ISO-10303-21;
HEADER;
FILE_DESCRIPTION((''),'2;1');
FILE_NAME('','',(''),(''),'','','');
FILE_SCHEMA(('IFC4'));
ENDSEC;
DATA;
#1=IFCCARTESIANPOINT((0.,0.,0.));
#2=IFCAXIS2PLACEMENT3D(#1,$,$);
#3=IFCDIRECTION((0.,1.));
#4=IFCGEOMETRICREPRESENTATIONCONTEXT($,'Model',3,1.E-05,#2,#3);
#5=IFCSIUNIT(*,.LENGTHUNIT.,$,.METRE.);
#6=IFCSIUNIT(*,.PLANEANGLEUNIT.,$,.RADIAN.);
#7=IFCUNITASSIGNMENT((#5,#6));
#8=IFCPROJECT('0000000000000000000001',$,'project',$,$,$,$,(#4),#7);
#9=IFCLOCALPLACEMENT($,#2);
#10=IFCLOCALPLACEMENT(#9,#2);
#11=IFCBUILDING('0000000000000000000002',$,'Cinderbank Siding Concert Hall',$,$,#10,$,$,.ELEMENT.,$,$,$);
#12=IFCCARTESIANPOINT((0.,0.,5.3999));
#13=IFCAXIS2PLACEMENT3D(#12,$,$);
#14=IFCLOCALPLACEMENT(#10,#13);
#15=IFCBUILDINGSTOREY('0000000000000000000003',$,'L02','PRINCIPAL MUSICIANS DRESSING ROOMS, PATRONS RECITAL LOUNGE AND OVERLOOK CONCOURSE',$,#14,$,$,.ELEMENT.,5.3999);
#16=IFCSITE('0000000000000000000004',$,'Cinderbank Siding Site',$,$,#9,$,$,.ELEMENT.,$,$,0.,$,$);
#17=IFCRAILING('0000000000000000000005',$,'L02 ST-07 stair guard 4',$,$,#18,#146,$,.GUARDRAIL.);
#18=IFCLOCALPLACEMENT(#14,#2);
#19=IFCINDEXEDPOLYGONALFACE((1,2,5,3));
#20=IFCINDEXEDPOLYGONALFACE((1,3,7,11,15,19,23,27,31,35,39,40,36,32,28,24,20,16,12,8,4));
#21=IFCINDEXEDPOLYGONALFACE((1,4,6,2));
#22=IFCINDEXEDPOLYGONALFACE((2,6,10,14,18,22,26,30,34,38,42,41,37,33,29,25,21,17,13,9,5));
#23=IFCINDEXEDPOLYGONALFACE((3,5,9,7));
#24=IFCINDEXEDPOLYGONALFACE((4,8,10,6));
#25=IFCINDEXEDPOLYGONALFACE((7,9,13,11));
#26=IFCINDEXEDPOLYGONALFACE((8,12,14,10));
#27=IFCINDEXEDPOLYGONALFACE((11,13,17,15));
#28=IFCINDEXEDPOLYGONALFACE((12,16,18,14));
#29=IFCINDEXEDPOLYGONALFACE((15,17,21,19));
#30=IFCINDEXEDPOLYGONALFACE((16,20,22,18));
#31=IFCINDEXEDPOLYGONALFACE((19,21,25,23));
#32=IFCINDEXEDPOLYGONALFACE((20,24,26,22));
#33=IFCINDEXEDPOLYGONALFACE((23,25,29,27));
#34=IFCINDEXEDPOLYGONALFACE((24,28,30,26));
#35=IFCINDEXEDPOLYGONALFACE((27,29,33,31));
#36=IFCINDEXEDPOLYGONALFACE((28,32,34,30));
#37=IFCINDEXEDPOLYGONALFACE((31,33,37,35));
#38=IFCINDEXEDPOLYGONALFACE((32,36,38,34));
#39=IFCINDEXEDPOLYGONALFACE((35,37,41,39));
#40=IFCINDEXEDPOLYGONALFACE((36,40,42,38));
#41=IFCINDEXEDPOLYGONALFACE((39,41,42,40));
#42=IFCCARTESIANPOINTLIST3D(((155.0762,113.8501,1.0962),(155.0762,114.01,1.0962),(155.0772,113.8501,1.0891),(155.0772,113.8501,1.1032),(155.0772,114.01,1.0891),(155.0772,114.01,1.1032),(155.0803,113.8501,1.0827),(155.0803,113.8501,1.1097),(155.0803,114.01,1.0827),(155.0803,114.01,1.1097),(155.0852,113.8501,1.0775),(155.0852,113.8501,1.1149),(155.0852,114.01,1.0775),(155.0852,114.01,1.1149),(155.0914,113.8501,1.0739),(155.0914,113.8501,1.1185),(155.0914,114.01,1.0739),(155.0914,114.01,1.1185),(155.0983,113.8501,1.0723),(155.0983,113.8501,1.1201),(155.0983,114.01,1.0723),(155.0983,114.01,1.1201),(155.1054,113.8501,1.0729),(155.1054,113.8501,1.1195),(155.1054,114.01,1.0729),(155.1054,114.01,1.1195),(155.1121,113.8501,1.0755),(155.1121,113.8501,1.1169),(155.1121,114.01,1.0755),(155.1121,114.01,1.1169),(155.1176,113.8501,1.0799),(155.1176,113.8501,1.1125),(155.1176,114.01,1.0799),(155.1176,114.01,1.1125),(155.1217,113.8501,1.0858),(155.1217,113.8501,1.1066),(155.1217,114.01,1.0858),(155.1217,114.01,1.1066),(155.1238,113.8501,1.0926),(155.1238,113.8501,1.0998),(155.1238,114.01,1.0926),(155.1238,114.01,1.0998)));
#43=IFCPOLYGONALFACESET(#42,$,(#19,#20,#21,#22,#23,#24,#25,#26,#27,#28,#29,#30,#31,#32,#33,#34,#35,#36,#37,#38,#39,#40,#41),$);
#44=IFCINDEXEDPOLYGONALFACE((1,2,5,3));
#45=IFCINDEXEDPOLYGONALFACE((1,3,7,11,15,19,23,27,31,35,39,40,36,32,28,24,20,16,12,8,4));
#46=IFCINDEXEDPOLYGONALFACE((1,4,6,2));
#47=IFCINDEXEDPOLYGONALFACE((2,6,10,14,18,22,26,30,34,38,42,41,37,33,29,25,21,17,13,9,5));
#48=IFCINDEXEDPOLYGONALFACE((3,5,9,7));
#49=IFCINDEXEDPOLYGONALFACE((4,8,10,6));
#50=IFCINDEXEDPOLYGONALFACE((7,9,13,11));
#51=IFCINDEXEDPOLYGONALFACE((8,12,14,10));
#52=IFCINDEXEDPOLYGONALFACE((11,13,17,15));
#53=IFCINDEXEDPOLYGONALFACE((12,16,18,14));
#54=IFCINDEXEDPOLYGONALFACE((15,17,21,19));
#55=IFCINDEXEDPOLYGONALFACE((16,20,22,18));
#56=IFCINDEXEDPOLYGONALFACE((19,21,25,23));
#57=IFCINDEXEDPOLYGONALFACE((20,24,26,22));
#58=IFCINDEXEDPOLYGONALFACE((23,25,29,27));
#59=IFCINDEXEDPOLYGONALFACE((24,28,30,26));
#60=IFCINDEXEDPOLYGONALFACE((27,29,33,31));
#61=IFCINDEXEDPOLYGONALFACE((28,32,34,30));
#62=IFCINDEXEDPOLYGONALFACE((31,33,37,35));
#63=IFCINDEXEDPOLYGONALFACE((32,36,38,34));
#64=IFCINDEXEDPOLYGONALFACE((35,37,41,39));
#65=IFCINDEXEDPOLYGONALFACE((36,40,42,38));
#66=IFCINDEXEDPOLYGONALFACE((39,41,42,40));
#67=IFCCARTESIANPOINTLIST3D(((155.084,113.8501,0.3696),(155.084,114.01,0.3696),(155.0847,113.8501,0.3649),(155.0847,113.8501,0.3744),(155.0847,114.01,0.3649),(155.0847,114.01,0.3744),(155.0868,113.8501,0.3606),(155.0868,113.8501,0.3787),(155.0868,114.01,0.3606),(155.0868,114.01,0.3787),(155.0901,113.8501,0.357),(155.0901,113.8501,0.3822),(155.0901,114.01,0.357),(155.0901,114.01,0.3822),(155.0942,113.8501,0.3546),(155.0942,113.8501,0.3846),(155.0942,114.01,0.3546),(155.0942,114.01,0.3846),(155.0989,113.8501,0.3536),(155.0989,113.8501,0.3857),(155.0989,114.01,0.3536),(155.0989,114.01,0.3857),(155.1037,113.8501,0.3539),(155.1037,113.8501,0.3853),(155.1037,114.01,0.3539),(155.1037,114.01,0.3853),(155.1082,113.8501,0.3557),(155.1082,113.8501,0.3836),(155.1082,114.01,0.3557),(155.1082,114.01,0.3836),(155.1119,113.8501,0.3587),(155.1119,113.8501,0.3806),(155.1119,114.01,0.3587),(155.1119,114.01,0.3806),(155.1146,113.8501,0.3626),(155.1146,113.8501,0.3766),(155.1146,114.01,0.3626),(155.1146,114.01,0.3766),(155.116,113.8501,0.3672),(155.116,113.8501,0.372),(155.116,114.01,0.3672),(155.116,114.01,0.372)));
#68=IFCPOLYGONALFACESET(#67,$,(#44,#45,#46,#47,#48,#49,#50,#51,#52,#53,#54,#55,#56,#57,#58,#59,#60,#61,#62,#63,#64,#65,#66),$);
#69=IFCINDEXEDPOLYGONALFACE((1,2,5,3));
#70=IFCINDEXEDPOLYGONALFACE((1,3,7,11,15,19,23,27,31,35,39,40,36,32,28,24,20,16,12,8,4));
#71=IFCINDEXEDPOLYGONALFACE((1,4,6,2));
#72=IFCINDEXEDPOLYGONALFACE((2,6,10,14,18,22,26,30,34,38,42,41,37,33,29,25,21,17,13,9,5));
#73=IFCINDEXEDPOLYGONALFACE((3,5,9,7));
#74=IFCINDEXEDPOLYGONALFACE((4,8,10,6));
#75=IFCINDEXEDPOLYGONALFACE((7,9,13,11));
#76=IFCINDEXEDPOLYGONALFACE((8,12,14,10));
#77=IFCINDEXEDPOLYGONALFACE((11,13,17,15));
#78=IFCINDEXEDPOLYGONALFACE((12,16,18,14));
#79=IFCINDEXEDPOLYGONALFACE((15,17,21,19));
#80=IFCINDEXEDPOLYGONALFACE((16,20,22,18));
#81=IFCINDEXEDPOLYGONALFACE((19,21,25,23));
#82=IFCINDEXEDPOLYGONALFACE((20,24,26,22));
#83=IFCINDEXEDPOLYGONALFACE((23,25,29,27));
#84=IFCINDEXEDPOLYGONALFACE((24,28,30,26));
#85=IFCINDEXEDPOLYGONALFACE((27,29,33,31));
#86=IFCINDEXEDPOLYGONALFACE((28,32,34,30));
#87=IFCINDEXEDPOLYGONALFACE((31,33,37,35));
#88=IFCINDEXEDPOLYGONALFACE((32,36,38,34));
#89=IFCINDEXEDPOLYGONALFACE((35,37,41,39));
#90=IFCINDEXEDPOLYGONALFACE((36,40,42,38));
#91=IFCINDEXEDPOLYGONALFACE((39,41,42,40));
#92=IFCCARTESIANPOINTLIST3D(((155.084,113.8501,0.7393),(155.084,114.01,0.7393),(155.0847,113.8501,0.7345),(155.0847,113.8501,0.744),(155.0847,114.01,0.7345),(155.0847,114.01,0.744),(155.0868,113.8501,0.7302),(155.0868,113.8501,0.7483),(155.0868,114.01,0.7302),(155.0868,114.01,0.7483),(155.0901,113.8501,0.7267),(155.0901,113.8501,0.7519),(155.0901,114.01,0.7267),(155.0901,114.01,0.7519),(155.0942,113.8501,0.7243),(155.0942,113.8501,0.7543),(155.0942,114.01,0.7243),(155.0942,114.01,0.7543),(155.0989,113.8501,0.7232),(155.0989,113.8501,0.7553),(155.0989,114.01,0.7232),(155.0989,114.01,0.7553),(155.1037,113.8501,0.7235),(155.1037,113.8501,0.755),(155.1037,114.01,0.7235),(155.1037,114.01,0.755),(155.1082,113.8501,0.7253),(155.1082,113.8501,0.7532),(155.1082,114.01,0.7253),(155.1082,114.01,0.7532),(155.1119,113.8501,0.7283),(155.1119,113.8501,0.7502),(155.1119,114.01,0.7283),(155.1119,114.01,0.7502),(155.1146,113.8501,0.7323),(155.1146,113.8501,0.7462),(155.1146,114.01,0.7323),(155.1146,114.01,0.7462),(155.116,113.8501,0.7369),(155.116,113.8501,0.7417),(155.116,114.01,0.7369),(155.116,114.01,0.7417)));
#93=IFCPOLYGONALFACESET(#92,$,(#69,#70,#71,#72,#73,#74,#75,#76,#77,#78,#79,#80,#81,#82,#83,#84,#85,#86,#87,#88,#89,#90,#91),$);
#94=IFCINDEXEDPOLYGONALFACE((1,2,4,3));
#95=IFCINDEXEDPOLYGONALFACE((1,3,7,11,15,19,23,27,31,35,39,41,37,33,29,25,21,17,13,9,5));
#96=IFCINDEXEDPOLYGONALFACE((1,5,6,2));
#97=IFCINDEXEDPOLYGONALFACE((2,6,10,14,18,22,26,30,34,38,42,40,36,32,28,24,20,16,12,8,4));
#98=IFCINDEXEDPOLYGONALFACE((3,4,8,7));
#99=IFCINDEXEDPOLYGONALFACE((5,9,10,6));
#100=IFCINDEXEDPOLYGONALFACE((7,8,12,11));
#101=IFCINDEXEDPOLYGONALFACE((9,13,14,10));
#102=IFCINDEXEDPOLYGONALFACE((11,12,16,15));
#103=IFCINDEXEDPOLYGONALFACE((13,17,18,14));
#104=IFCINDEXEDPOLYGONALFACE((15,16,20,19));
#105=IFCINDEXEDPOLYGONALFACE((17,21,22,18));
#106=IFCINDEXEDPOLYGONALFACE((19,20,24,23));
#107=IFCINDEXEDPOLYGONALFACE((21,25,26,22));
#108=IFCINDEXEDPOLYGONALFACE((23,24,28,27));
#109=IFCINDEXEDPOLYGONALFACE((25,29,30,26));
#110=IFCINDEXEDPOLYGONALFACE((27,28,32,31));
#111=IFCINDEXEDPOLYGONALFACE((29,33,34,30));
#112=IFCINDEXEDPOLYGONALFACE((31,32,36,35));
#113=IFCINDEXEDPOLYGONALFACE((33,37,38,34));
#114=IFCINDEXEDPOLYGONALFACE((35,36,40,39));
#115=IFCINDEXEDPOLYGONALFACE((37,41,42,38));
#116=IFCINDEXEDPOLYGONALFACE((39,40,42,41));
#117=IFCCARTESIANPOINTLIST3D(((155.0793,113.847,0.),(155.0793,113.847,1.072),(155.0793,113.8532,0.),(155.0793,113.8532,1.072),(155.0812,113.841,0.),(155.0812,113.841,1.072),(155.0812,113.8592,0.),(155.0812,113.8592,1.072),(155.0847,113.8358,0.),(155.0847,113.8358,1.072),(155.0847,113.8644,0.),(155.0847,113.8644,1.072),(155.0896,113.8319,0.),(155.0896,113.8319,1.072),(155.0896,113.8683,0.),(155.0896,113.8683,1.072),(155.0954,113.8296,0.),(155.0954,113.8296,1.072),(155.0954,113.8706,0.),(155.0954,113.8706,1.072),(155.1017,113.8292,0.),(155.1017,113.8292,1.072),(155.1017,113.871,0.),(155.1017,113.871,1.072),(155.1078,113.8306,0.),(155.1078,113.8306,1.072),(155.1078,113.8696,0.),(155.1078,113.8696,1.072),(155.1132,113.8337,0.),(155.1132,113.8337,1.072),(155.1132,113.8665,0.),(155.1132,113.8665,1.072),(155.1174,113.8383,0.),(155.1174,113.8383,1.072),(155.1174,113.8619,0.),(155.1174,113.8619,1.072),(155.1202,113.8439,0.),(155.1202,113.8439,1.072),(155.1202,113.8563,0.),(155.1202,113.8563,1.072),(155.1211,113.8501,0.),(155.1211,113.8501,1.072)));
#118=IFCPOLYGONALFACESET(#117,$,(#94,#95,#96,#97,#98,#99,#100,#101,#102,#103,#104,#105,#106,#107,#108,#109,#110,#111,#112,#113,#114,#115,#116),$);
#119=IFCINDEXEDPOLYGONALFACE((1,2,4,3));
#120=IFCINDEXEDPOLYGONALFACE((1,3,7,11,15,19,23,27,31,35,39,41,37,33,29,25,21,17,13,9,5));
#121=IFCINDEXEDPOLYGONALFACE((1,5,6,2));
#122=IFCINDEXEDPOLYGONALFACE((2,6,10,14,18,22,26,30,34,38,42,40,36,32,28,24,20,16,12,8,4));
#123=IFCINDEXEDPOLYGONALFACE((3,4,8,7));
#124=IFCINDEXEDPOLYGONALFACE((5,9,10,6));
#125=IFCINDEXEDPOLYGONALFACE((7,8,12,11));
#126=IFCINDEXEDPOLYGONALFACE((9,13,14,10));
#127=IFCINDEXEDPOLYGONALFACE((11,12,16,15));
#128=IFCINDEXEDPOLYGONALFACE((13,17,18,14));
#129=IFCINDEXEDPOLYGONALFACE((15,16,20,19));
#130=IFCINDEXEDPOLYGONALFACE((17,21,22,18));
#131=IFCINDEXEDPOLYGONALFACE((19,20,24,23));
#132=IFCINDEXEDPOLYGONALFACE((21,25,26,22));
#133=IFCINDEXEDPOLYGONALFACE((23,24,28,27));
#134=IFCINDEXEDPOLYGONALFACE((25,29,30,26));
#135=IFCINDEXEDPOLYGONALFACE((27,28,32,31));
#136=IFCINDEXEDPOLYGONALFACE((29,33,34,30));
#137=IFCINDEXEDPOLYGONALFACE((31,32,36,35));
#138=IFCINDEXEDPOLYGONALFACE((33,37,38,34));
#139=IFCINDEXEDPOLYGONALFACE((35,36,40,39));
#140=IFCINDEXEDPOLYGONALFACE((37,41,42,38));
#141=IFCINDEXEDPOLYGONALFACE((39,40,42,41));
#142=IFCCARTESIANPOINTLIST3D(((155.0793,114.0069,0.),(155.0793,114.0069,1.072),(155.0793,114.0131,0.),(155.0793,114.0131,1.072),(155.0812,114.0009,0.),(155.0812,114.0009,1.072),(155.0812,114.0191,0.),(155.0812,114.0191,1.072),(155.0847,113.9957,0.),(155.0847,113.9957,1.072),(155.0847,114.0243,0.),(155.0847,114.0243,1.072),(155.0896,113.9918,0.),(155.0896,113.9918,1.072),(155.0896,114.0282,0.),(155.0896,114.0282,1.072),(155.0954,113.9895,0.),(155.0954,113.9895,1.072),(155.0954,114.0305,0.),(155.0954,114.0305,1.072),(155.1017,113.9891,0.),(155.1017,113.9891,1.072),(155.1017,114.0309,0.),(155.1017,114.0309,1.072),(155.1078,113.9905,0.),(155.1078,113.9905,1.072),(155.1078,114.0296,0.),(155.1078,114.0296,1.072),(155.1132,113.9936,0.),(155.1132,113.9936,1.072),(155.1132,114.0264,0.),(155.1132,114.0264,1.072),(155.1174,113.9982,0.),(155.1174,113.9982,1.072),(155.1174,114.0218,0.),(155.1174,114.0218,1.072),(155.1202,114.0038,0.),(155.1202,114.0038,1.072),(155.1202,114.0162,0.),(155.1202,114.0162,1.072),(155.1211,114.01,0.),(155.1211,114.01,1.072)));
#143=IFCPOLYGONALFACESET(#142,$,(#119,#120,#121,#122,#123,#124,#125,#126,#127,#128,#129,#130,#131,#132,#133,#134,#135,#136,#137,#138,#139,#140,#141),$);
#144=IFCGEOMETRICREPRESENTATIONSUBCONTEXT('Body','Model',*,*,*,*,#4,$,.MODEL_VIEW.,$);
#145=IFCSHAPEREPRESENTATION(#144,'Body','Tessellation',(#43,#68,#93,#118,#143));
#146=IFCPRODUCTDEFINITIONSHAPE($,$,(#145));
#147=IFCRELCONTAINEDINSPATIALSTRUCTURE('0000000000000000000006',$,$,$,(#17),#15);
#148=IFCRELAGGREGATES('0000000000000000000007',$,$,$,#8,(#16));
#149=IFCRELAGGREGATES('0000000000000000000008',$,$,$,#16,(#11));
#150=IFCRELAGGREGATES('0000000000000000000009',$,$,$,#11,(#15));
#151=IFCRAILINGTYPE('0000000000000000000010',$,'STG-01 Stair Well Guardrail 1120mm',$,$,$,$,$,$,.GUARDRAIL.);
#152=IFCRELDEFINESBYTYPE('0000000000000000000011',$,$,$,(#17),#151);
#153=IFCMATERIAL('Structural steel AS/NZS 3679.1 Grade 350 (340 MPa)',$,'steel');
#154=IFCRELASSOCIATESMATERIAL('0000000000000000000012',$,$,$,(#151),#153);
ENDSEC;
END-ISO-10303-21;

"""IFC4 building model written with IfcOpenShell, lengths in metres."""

from ifc_helpers import new_model, si_unit, direction, frame, origin, origin_2d, place, context, subcontext, project, spatial, circle, extrude, material, type_object, element, save


model = new_model("IFC4")

# Units and contexts
model_context = context("Model", 3, precision=1e-05, world=origin(), true_north=direction((0.0, 1.0)))
body_context = subcontext(model_context, "Body", "Model", "MODEL_VIEW")
ifc_project = project(units=[si_unit("LENGTHUNIT", "METRE"), si_unit("PLANEANGLEUNIT", "RADIAN")], contexts=[model_context])

# Site, building, storey
site_placement = place(None, origin())
site = spatial("IfcSite", under=ifc_project, at=site_placement, Name="Cinderbank Siding Site", CompositionType="ELEMENT", RefElevation=0.0)
building_placement = place(site_placement, origin())
building = spatial("IfcBuilding", under=site, at=building_placement, Name="Cinderbank Siding Concert Hall", CompositionType="ELEMENT")
storey_placement = place(building_placement, frame((0.0, 0.0, 5.3999)))
storey = spatial("IfcBuildingStorey", under=building, at=storey_placement, Name="L02", Description="PRINCIPAL MUSICIANS DRESSING ROOMS, PATRONS RECITAL LOUNGE AND OVERLOOK CONCOURSE", CompositionType="ELEMENT", Elevation=5.3999)

# Shared definitions
ifc_material_1 = material(Name="Structural steel AS/NZS 3679.1 Grade 350 (340 MPa)", Category="steel")

# Railing
railing_type_1 = type_object("IfcRailingType", Name="STG-01 Stair Well Guardrail 1120mm", PredefinedType="GUARDRAIL", material=ifc_material_1)
railing_1_placement = place(storey_placement, frame((155.1001, 113.8501, 0.0)))
element("IfcRailing", 1, at=railing_1_placement, inside=storey, type_object=railing_type_1, Name="L02 ST-07 stair guard 4", PredefinedType="GUARDRAIL", context=body_context, shape_type="SweptSolid", body=[
    extrude(circle(Radius=0.0239, at=origin_2d()), frame((0.0, 0.0, 1.0962), z_axis=(0.0, 1.0, 0.0), x_axis=(-1.0, 0.0, 0.0)), (0.0, 0.0, 1.0), 0.1599),
    extrude(circle(Radius=0.0161, at=origin_2d()), frame((0.0, 0.0, 0.3696), z_axis=(0.0, 1.0, 0.0), x_axis=(-1.0, 0.0, 0.0)), (0.0, 0.0, 1.0), 0.1599),
    extrude(circle(Radius=0.0161, at=origin_2d()), frame((0.0, 0.0, 0.7393), z_axis=(0.0, 1.0, 0.0), x_axis=(-1.0, 0.0, 0.0)), (0.0, 0.0, 1.0), 0.1599),
    extrude(circle(Radius=0.021, at=origin_2d()), origin(), (0.0, 0.0, 1.0), 1.072),
    extrude(circle(Radius=0.021, at=origin_2d()), frame((0.0, 0.1599, 0.0)), (0.0, 0.0, 1.0), 1.072),
])

save(model, "model.ifc")
